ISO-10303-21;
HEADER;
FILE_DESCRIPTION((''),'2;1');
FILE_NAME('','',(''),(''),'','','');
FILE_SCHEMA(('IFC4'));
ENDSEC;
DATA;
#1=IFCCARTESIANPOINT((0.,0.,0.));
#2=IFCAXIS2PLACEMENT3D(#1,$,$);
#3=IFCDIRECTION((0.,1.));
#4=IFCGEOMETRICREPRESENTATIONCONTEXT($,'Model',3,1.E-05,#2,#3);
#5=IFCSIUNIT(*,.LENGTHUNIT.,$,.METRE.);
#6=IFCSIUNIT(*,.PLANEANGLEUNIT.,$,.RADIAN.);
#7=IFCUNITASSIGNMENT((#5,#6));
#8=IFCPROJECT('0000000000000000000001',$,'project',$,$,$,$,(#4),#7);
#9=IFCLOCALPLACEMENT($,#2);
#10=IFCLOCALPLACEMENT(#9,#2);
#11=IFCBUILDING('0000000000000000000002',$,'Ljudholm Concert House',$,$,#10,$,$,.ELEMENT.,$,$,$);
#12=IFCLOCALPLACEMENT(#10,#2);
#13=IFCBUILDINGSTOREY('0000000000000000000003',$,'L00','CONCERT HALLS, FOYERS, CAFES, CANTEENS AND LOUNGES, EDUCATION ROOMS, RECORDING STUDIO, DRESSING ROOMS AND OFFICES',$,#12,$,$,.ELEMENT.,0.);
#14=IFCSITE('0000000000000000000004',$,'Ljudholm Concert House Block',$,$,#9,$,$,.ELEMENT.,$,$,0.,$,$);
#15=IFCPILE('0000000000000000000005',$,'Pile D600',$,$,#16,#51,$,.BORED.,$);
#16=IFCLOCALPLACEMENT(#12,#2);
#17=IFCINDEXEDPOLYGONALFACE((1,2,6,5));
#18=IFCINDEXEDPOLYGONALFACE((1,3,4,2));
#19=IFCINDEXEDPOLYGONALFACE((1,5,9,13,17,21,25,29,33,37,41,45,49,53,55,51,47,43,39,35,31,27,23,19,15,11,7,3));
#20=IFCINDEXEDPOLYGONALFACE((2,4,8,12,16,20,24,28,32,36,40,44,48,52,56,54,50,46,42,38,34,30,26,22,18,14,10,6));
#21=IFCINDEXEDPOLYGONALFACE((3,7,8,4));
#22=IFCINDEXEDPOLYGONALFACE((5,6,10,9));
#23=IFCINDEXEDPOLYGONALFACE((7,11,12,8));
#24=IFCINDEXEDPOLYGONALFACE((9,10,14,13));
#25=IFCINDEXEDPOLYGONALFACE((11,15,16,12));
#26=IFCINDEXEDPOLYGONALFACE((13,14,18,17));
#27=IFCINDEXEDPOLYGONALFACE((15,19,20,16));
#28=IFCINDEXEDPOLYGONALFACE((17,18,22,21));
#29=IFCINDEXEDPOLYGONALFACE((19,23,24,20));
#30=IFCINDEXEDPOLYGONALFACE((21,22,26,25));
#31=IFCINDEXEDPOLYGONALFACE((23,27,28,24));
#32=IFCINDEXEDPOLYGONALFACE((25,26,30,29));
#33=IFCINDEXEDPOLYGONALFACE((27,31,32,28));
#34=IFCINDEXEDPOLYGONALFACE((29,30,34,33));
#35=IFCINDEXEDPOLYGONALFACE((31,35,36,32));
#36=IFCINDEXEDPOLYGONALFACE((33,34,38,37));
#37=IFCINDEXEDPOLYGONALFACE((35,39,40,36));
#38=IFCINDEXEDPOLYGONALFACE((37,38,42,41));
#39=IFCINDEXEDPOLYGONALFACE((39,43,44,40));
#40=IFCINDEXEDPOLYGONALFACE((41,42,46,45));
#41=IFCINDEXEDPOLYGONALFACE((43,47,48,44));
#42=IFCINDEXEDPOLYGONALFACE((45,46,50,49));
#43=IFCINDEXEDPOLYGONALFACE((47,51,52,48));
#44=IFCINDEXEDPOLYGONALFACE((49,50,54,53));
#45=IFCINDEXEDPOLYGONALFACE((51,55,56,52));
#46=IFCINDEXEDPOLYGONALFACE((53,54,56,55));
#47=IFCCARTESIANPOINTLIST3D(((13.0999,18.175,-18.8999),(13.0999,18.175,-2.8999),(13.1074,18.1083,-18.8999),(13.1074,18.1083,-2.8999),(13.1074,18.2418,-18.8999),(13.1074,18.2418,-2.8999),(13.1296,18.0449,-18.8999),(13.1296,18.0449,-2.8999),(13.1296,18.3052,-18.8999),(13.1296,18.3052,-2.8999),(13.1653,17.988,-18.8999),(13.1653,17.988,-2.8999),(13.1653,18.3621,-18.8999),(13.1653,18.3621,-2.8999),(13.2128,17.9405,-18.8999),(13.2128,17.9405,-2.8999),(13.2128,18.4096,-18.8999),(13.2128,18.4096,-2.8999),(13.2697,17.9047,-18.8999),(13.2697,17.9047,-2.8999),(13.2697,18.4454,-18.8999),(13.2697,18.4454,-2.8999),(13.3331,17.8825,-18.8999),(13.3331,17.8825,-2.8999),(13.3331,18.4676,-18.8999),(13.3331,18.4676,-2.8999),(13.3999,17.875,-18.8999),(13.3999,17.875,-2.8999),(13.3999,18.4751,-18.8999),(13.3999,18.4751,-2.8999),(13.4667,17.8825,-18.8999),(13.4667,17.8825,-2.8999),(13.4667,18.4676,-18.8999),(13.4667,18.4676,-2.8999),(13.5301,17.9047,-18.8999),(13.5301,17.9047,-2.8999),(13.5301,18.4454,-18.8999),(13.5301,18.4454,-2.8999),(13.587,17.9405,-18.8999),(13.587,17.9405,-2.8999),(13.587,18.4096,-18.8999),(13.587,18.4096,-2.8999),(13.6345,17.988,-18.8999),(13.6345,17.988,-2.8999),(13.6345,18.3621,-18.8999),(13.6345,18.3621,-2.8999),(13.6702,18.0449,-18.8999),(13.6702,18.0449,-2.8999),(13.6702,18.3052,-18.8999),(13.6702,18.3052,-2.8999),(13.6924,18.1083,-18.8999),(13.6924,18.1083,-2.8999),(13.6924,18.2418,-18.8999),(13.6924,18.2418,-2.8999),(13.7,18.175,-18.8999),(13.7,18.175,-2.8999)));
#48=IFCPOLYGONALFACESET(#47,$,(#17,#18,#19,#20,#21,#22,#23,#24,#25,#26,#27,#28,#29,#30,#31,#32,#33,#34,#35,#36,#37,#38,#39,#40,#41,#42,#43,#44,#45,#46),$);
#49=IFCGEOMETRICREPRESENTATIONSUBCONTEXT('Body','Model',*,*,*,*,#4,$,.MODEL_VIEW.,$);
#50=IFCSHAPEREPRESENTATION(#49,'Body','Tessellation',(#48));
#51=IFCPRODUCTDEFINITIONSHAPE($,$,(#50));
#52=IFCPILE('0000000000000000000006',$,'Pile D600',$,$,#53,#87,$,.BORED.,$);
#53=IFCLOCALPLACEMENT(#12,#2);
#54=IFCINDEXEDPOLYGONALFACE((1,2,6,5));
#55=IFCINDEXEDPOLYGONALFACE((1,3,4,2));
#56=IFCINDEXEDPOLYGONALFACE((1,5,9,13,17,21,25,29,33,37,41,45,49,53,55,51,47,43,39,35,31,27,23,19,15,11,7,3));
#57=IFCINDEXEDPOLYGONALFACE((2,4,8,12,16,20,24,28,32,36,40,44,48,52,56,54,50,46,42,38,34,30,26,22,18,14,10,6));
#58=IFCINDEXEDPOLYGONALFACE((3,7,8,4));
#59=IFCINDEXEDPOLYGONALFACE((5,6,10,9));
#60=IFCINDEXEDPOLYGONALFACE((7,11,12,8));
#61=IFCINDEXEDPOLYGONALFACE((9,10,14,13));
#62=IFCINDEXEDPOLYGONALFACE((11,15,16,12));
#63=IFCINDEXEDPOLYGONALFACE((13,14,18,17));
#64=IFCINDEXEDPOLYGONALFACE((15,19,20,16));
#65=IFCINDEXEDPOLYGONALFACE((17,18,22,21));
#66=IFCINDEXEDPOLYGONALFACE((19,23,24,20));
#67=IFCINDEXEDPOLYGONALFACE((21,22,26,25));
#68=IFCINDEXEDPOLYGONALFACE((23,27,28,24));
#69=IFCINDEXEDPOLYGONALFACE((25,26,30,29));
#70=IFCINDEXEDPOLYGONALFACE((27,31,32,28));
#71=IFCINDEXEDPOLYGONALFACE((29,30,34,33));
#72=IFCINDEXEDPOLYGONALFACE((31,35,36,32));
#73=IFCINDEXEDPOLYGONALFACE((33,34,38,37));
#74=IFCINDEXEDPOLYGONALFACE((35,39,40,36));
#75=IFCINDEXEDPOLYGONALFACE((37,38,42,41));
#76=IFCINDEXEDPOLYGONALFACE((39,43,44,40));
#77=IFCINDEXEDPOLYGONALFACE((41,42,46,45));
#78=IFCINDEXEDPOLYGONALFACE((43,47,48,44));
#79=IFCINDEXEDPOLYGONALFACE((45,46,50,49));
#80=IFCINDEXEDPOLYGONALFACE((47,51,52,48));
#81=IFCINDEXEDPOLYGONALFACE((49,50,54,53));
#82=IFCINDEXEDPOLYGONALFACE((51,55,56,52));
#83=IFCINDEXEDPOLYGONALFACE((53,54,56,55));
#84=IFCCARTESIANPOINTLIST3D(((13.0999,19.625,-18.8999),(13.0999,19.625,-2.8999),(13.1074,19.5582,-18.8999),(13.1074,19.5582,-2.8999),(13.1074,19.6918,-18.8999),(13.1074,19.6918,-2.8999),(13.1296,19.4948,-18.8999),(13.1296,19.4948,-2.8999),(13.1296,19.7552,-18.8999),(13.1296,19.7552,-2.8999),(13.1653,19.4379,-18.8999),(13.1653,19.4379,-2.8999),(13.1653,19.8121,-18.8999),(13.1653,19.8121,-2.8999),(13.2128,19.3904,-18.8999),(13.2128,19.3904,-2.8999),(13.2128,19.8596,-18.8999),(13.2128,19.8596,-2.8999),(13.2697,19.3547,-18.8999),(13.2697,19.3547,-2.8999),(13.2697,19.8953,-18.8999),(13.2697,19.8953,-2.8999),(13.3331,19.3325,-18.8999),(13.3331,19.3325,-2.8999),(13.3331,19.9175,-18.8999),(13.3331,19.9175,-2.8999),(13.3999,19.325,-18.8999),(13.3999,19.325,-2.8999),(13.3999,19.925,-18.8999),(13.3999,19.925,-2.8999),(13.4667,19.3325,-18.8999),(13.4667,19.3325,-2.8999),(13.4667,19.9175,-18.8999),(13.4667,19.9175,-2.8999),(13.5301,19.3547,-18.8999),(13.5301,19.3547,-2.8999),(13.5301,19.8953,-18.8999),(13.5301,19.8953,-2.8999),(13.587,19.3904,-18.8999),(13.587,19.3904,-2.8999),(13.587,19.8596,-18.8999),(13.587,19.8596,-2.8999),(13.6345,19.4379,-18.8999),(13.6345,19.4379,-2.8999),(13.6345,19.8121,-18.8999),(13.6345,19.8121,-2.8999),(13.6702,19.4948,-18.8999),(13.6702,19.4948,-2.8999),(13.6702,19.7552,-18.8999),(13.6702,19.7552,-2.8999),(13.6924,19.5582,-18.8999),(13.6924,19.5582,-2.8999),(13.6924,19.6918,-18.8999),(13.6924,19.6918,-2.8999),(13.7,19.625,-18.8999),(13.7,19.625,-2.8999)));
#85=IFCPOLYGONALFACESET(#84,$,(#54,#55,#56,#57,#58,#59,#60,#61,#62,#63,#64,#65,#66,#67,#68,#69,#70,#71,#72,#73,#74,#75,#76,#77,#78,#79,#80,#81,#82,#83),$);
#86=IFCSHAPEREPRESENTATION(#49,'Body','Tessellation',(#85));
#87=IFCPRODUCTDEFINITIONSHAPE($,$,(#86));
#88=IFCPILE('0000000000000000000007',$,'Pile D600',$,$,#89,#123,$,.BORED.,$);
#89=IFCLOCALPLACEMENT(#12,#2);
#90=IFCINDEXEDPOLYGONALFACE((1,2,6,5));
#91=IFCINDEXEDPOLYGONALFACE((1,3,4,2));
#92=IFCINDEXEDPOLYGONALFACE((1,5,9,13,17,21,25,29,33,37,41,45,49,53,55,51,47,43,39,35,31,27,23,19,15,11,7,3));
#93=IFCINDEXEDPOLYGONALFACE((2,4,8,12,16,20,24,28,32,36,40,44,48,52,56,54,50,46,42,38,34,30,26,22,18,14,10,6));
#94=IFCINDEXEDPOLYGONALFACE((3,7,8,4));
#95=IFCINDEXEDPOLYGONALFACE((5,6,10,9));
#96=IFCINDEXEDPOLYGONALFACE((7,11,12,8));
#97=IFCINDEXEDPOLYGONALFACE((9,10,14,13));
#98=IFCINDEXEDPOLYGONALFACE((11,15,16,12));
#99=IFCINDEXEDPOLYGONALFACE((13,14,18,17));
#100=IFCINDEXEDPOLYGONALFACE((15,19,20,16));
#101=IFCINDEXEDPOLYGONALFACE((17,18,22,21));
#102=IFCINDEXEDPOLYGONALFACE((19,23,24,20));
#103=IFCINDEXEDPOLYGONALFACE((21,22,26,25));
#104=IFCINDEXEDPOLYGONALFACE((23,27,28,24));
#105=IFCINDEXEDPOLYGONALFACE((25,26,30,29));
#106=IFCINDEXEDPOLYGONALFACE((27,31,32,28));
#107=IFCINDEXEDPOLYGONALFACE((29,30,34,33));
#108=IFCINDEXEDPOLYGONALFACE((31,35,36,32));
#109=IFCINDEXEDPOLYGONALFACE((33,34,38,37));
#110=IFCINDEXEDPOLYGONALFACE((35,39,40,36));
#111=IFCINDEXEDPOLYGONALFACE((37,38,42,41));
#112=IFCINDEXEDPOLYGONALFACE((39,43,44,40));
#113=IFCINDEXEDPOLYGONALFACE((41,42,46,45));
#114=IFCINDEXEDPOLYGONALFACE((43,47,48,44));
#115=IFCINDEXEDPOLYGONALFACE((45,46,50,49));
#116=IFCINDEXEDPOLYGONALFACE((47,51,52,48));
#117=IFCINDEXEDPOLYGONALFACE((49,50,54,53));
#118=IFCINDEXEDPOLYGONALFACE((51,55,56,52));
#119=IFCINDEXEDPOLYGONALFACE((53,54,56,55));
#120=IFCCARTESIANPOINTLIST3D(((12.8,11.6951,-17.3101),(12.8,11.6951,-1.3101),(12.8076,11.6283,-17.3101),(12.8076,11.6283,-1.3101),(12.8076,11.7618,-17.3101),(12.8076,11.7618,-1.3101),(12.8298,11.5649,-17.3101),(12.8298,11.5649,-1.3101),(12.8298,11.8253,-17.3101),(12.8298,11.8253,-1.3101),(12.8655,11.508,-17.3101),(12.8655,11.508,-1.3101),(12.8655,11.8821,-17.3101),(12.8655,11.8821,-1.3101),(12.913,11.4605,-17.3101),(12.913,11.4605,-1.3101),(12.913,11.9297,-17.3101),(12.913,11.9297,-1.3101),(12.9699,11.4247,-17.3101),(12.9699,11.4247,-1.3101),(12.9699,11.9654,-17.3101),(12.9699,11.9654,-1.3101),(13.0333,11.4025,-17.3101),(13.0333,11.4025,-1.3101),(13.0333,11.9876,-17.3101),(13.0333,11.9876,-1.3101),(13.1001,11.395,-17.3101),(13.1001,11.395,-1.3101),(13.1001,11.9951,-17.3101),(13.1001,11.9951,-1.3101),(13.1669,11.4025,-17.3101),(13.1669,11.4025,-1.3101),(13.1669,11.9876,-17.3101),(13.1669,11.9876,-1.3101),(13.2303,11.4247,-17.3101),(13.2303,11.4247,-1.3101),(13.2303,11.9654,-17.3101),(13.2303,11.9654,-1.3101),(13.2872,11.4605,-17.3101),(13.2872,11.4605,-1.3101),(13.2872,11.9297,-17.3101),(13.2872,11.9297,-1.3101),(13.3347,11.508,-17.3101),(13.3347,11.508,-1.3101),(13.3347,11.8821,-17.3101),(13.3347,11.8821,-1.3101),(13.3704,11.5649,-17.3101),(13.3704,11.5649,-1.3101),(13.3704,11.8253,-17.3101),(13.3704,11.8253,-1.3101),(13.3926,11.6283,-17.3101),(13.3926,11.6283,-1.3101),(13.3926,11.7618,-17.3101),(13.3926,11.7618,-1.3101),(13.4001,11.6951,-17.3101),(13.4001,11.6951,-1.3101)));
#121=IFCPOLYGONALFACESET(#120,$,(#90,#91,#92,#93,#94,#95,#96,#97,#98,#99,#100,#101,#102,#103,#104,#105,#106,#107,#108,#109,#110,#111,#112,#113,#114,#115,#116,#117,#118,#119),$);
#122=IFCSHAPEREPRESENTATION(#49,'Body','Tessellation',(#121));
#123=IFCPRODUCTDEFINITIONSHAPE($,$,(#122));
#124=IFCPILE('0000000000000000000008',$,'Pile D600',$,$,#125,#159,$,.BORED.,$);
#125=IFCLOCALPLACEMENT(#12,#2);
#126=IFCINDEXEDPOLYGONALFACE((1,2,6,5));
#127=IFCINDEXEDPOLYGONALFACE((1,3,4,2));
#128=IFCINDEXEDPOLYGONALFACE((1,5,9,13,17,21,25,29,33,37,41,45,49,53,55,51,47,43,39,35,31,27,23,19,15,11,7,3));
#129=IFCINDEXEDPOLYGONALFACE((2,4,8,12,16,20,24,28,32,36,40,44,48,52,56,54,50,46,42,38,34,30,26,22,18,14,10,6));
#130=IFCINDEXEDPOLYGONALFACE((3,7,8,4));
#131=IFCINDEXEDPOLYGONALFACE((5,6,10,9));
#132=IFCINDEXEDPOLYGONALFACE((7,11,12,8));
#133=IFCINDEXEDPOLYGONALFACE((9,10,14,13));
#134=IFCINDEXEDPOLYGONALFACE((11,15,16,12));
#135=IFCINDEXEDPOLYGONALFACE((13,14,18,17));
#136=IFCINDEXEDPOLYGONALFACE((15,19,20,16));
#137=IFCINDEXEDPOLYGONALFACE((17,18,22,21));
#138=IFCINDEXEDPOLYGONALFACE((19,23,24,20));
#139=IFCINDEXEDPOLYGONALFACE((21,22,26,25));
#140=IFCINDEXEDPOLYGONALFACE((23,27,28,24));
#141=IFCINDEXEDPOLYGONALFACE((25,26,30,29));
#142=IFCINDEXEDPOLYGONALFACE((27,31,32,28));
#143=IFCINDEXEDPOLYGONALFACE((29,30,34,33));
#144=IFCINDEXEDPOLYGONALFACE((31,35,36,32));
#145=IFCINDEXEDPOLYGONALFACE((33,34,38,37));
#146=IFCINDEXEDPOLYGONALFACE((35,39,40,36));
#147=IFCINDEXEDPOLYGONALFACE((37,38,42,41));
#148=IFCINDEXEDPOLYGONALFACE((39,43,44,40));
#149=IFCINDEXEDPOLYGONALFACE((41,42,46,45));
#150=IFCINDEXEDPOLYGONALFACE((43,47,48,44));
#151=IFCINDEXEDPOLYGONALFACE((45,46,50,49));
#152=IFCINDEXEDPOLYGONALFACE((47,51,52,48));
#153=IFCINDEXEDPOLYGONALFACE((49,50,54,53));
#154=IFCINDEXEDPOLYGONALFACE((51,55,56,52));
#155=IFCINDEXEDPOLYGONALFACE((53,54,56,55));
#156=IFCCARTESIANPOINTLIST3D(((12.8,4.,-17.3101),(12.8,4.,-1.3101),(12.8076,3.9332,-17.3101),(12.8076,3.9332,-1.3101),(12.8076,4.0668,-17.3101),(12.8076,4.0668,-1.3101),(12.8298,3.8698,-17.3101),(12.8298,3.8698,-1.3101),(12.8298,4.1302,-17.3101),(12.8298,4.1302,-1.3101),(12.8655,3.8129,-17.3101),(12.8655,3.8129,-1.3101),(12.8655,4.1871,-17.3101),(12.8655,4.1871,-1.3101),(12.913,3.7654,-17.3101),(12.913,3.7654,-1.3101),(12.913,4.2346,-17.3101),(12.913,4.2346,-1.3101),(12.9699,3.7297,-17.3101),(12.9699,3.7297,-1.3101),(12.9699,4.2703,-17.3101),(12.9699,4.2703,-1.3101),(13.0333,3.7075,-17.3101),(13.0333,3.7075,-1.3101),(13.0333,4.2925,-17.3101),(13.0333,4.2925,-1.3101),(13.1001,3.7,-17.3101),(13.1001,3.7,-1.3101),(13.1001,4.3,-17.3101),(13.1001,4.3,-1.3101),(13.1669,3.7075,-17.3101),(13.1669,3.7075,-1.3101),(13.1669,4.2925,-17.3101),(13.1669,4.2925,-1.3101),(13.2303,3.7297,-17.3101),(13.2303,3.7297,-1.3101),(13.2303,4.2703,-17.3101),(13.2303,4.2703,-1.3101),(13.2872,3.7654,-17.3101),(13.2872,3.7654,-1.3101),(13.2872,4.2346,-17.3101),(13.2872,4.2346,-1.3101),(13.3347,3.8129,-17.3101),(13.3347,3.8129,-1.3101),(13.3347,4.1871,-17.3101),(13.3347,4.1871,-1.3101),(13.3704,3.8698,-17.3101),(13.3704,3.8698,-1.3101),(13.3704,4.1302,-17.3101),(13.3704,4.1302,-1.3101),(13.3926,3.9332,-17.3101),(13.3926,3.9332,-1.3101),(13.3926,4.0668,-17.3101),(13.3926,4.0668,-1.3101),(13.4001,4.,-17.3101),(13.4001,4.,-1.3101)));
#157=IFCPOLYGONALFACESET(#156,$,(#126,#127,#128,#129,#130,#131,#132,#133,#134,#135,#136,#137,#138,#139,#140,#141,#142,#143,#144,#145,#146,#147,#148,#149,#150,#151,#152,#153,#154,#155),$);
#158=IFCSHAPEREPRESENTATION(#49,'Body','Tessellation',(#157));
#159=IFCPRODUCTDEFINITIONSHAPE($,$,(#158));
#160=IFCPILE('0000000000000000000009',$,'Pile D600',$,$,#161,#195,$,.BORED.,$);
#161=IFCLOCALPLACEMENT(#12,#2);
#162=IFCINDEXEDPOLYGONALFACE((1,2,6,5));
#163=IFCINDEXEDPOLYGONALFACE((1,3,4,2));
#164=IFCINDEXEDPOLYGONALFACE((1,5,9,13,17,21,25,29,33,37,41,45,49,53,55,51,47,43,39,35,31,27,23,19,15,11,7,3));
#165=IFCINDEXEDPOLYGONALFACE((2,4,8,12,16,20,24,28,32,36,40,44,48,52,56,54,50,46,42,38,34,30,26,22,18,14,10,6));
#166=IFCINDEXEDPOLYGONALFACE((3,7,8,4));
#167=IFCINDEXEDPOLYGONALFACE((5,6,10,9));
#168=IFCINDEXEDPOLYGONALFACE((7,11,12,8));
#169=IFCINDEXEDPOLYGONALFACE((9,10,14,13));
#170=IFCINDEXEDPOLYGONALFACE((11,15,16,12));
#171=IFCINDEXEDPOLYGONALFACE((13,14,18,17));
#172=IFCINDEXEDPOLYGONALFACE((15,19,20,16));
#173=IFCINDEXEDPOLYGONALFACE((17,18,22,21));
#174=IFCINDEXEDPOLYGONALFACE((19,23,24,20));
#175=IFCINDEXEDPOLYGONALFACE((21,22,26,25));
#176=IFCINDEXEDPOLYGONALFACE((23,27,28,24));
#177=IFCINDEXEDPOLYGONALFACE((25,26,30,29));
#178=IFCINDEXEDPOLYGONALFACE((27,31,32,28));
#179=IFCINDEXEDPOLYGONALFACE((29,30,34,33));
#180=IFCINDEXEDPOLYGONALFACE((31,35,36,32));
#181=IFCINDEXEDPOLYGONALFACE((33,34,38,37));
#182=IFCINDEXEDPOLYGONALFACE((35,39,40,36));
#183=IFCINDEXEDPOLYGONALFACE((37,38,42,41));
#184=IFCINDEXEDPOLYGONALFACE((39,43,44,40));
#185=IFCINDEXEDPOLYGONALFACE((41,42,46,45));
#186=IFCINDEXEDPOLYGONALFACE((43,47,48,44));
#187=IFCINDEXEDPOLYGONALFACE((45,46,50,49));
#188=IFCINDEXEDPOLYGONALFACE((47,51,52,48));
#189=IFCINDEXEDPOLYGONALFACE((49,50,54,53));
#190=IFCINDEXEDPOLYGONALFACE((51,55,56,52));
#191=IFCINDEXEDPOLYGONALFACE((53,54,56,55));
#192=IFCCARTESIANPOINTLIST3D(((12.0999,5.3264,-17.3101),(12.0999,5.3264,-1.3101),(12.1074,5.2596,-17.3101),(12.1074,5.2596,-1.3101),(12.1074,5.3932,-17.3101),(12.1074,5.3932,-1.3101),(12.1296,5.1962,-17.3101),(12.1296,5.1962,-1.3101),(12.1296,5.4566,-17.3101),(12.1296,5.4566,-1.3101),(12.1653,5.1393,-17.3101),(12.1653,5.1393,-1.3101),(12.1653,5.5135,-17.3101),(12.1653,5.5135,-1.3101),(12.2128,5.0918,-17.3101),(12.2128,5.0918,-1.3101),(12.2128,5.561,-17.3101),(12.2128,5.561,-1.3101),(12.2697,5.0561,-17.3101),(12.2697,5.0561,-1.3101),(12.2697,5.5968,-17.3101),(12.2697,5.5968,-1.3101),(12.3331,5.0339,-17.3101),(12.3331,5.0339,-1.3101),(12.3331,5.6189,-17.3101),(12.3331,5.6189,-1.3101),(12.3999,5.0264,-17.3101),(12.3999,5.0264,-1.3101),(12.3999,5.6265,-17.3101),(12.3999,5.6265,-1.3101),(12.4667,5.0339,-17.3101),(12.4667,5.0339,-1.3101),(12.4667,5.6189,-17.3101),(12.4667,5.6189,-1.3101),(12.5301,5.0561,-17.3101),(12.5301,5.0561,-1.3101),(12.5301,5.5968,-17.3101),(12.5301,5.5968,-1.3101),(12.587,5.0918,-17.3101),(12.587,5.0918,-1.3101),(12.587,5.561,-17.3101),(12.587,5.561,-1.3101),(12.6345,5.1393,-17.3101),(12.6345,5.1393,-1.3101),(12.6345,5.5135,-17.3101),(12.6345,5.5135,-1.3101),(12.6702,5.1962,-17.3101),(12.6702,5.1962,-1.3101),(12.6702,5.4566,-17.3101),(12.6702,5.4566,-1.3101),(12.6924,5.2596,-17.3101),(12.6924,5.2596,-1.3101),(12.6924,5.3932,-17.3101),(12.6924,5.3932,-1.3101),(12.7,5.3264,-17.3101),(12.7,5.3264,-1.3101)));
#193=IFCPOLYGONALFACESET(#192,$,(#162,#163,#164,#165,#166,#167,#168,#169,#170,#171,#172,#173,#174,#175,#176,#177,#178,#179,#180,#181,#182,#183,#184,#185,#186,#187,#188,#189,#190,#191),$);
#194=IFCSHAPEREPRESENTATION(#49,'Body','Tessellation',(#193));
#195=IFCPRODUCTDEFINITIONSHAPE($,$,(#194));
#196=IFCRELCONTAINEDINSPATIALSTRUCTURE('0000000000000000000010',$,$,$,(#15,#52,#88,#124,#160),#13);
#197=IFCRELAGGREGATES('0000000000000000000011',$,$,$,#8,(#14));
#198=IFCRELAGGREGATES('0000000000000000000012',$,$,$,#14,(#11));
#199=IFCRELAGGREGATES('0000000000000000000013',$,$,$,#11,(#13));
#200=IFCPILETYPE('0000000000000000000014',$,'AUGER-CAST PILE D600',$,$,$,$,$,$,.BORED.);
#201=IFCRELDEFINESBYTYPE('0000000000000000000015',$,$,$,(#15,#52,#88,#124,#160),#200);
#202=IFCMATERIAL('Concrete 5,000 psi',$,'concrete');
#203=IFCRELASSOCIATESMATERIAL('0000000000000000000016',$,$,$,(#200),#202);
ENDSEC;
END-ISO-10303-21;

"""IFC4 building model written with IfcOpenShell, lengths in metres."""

from ifc_helpers import new_model, si_unit, direction, frame, origin, origin_2d, place, context, subcontext, project, spatial, circle, extrude, material, material_profile, profile_set, type_object, element, save


model = new_model("IFC4")

# Units and contexts
model_context = context("Model", 3, precision=1e-05, world=origin(), true_north=direction((0.0, 1.0)))
body_context = subcontext(model_context, "Body", "Model", "MODEL_VIEW")
ifc_project = project(units=[si_unit("LENGTHUNIT", "METRE"), si_unit("PLANEANGLEUNIT", "RADIAN")], contexts=[model_context])

# Site, building, storey
site_placement = place(None, origin())
site = spatial("IfcSite", under=ifc_project, at=site_placement, Name="Ljudholm Concert House Block", CompositionType="ELEMENT", RefElevation=0.0)
building_placement = place(site_placement, origin())
building = spatial("IfcBuilding", under=site, at=building_placement, Name="Ljudholm Concert House", CompositionType="ELEMENT")
storey_placement = place(building_placement, origin())
storey = spatial("IfcBuildingStorey", under=building, at=storey_placement, Name="L00", Description="CONCERT HALLS, FOYERS, CAFES, CANTEENS AND LOUNGES, EDUCATION ROOMS, RECORDING STUDIO, DRESSING ROOMS AND OFFICES", CompositionType="ELEMENT", Elevation=0.0)

# Piles
ifc_material_1 = material(Name="Concrete 5,000 psi", Category="concrete")
ifc_material_profile = material_profile(ifc_material_1, circle(Radius=0.3, at=origin_2d()), Name="AUGER-CAST PILE D600")
ifc_profile_set = profile_set([ifc_material_profile], Name="Concrete 5,000 psi")
pile_type = type_object("IfcPileType", Name="AUGER-CAST PILE D600", PredefinedType="BORED", material=ifc_profile_set)
for number, where, z_axis, x_axis, name in (
    (1, (13.3999, 18.175, -2.8999), (0.0, 0.0, -1.0), (1.0, 0.0, 0.0), "Pile D600"),
    (2, (13.3999, 19.625, -2.8999), (0.0, 0.0, -1.0), (1.0, 0.0, 0.0), "Pile D600"),
    (3, (13.1001, 11.6951, -1.3101), (0.0, 0.0, -1.0), (1.0, 0.0, 0.0), "Pile D600"),
    (4, (13.1001, 4.0, -1.3101), (0.0, 0.0, -1.0), (1.0, 0.0, 0.0), "Pile D600"),
    (5, (12.3999, 5.3264, -1.3101), (0.0, 0.0, -1.0), (1.0, 0.0, 0.0), "Pile D600"),
):
    element("IfcPile", number, at=place(storey_placement, frame(where, z_axis=z_axis, x_axis=x_axis)), inside=storey, type_object=pile_type, Name=name, PredefinedType="BORED", context=body_context, shape_type="SweptSolid", body=[
        extrude(circle(Radius=0.3, at=origin_2d()), origin(), (0.0, 0.0, 1.0), 16.0),
    ])

save(model, "model.ifc")
